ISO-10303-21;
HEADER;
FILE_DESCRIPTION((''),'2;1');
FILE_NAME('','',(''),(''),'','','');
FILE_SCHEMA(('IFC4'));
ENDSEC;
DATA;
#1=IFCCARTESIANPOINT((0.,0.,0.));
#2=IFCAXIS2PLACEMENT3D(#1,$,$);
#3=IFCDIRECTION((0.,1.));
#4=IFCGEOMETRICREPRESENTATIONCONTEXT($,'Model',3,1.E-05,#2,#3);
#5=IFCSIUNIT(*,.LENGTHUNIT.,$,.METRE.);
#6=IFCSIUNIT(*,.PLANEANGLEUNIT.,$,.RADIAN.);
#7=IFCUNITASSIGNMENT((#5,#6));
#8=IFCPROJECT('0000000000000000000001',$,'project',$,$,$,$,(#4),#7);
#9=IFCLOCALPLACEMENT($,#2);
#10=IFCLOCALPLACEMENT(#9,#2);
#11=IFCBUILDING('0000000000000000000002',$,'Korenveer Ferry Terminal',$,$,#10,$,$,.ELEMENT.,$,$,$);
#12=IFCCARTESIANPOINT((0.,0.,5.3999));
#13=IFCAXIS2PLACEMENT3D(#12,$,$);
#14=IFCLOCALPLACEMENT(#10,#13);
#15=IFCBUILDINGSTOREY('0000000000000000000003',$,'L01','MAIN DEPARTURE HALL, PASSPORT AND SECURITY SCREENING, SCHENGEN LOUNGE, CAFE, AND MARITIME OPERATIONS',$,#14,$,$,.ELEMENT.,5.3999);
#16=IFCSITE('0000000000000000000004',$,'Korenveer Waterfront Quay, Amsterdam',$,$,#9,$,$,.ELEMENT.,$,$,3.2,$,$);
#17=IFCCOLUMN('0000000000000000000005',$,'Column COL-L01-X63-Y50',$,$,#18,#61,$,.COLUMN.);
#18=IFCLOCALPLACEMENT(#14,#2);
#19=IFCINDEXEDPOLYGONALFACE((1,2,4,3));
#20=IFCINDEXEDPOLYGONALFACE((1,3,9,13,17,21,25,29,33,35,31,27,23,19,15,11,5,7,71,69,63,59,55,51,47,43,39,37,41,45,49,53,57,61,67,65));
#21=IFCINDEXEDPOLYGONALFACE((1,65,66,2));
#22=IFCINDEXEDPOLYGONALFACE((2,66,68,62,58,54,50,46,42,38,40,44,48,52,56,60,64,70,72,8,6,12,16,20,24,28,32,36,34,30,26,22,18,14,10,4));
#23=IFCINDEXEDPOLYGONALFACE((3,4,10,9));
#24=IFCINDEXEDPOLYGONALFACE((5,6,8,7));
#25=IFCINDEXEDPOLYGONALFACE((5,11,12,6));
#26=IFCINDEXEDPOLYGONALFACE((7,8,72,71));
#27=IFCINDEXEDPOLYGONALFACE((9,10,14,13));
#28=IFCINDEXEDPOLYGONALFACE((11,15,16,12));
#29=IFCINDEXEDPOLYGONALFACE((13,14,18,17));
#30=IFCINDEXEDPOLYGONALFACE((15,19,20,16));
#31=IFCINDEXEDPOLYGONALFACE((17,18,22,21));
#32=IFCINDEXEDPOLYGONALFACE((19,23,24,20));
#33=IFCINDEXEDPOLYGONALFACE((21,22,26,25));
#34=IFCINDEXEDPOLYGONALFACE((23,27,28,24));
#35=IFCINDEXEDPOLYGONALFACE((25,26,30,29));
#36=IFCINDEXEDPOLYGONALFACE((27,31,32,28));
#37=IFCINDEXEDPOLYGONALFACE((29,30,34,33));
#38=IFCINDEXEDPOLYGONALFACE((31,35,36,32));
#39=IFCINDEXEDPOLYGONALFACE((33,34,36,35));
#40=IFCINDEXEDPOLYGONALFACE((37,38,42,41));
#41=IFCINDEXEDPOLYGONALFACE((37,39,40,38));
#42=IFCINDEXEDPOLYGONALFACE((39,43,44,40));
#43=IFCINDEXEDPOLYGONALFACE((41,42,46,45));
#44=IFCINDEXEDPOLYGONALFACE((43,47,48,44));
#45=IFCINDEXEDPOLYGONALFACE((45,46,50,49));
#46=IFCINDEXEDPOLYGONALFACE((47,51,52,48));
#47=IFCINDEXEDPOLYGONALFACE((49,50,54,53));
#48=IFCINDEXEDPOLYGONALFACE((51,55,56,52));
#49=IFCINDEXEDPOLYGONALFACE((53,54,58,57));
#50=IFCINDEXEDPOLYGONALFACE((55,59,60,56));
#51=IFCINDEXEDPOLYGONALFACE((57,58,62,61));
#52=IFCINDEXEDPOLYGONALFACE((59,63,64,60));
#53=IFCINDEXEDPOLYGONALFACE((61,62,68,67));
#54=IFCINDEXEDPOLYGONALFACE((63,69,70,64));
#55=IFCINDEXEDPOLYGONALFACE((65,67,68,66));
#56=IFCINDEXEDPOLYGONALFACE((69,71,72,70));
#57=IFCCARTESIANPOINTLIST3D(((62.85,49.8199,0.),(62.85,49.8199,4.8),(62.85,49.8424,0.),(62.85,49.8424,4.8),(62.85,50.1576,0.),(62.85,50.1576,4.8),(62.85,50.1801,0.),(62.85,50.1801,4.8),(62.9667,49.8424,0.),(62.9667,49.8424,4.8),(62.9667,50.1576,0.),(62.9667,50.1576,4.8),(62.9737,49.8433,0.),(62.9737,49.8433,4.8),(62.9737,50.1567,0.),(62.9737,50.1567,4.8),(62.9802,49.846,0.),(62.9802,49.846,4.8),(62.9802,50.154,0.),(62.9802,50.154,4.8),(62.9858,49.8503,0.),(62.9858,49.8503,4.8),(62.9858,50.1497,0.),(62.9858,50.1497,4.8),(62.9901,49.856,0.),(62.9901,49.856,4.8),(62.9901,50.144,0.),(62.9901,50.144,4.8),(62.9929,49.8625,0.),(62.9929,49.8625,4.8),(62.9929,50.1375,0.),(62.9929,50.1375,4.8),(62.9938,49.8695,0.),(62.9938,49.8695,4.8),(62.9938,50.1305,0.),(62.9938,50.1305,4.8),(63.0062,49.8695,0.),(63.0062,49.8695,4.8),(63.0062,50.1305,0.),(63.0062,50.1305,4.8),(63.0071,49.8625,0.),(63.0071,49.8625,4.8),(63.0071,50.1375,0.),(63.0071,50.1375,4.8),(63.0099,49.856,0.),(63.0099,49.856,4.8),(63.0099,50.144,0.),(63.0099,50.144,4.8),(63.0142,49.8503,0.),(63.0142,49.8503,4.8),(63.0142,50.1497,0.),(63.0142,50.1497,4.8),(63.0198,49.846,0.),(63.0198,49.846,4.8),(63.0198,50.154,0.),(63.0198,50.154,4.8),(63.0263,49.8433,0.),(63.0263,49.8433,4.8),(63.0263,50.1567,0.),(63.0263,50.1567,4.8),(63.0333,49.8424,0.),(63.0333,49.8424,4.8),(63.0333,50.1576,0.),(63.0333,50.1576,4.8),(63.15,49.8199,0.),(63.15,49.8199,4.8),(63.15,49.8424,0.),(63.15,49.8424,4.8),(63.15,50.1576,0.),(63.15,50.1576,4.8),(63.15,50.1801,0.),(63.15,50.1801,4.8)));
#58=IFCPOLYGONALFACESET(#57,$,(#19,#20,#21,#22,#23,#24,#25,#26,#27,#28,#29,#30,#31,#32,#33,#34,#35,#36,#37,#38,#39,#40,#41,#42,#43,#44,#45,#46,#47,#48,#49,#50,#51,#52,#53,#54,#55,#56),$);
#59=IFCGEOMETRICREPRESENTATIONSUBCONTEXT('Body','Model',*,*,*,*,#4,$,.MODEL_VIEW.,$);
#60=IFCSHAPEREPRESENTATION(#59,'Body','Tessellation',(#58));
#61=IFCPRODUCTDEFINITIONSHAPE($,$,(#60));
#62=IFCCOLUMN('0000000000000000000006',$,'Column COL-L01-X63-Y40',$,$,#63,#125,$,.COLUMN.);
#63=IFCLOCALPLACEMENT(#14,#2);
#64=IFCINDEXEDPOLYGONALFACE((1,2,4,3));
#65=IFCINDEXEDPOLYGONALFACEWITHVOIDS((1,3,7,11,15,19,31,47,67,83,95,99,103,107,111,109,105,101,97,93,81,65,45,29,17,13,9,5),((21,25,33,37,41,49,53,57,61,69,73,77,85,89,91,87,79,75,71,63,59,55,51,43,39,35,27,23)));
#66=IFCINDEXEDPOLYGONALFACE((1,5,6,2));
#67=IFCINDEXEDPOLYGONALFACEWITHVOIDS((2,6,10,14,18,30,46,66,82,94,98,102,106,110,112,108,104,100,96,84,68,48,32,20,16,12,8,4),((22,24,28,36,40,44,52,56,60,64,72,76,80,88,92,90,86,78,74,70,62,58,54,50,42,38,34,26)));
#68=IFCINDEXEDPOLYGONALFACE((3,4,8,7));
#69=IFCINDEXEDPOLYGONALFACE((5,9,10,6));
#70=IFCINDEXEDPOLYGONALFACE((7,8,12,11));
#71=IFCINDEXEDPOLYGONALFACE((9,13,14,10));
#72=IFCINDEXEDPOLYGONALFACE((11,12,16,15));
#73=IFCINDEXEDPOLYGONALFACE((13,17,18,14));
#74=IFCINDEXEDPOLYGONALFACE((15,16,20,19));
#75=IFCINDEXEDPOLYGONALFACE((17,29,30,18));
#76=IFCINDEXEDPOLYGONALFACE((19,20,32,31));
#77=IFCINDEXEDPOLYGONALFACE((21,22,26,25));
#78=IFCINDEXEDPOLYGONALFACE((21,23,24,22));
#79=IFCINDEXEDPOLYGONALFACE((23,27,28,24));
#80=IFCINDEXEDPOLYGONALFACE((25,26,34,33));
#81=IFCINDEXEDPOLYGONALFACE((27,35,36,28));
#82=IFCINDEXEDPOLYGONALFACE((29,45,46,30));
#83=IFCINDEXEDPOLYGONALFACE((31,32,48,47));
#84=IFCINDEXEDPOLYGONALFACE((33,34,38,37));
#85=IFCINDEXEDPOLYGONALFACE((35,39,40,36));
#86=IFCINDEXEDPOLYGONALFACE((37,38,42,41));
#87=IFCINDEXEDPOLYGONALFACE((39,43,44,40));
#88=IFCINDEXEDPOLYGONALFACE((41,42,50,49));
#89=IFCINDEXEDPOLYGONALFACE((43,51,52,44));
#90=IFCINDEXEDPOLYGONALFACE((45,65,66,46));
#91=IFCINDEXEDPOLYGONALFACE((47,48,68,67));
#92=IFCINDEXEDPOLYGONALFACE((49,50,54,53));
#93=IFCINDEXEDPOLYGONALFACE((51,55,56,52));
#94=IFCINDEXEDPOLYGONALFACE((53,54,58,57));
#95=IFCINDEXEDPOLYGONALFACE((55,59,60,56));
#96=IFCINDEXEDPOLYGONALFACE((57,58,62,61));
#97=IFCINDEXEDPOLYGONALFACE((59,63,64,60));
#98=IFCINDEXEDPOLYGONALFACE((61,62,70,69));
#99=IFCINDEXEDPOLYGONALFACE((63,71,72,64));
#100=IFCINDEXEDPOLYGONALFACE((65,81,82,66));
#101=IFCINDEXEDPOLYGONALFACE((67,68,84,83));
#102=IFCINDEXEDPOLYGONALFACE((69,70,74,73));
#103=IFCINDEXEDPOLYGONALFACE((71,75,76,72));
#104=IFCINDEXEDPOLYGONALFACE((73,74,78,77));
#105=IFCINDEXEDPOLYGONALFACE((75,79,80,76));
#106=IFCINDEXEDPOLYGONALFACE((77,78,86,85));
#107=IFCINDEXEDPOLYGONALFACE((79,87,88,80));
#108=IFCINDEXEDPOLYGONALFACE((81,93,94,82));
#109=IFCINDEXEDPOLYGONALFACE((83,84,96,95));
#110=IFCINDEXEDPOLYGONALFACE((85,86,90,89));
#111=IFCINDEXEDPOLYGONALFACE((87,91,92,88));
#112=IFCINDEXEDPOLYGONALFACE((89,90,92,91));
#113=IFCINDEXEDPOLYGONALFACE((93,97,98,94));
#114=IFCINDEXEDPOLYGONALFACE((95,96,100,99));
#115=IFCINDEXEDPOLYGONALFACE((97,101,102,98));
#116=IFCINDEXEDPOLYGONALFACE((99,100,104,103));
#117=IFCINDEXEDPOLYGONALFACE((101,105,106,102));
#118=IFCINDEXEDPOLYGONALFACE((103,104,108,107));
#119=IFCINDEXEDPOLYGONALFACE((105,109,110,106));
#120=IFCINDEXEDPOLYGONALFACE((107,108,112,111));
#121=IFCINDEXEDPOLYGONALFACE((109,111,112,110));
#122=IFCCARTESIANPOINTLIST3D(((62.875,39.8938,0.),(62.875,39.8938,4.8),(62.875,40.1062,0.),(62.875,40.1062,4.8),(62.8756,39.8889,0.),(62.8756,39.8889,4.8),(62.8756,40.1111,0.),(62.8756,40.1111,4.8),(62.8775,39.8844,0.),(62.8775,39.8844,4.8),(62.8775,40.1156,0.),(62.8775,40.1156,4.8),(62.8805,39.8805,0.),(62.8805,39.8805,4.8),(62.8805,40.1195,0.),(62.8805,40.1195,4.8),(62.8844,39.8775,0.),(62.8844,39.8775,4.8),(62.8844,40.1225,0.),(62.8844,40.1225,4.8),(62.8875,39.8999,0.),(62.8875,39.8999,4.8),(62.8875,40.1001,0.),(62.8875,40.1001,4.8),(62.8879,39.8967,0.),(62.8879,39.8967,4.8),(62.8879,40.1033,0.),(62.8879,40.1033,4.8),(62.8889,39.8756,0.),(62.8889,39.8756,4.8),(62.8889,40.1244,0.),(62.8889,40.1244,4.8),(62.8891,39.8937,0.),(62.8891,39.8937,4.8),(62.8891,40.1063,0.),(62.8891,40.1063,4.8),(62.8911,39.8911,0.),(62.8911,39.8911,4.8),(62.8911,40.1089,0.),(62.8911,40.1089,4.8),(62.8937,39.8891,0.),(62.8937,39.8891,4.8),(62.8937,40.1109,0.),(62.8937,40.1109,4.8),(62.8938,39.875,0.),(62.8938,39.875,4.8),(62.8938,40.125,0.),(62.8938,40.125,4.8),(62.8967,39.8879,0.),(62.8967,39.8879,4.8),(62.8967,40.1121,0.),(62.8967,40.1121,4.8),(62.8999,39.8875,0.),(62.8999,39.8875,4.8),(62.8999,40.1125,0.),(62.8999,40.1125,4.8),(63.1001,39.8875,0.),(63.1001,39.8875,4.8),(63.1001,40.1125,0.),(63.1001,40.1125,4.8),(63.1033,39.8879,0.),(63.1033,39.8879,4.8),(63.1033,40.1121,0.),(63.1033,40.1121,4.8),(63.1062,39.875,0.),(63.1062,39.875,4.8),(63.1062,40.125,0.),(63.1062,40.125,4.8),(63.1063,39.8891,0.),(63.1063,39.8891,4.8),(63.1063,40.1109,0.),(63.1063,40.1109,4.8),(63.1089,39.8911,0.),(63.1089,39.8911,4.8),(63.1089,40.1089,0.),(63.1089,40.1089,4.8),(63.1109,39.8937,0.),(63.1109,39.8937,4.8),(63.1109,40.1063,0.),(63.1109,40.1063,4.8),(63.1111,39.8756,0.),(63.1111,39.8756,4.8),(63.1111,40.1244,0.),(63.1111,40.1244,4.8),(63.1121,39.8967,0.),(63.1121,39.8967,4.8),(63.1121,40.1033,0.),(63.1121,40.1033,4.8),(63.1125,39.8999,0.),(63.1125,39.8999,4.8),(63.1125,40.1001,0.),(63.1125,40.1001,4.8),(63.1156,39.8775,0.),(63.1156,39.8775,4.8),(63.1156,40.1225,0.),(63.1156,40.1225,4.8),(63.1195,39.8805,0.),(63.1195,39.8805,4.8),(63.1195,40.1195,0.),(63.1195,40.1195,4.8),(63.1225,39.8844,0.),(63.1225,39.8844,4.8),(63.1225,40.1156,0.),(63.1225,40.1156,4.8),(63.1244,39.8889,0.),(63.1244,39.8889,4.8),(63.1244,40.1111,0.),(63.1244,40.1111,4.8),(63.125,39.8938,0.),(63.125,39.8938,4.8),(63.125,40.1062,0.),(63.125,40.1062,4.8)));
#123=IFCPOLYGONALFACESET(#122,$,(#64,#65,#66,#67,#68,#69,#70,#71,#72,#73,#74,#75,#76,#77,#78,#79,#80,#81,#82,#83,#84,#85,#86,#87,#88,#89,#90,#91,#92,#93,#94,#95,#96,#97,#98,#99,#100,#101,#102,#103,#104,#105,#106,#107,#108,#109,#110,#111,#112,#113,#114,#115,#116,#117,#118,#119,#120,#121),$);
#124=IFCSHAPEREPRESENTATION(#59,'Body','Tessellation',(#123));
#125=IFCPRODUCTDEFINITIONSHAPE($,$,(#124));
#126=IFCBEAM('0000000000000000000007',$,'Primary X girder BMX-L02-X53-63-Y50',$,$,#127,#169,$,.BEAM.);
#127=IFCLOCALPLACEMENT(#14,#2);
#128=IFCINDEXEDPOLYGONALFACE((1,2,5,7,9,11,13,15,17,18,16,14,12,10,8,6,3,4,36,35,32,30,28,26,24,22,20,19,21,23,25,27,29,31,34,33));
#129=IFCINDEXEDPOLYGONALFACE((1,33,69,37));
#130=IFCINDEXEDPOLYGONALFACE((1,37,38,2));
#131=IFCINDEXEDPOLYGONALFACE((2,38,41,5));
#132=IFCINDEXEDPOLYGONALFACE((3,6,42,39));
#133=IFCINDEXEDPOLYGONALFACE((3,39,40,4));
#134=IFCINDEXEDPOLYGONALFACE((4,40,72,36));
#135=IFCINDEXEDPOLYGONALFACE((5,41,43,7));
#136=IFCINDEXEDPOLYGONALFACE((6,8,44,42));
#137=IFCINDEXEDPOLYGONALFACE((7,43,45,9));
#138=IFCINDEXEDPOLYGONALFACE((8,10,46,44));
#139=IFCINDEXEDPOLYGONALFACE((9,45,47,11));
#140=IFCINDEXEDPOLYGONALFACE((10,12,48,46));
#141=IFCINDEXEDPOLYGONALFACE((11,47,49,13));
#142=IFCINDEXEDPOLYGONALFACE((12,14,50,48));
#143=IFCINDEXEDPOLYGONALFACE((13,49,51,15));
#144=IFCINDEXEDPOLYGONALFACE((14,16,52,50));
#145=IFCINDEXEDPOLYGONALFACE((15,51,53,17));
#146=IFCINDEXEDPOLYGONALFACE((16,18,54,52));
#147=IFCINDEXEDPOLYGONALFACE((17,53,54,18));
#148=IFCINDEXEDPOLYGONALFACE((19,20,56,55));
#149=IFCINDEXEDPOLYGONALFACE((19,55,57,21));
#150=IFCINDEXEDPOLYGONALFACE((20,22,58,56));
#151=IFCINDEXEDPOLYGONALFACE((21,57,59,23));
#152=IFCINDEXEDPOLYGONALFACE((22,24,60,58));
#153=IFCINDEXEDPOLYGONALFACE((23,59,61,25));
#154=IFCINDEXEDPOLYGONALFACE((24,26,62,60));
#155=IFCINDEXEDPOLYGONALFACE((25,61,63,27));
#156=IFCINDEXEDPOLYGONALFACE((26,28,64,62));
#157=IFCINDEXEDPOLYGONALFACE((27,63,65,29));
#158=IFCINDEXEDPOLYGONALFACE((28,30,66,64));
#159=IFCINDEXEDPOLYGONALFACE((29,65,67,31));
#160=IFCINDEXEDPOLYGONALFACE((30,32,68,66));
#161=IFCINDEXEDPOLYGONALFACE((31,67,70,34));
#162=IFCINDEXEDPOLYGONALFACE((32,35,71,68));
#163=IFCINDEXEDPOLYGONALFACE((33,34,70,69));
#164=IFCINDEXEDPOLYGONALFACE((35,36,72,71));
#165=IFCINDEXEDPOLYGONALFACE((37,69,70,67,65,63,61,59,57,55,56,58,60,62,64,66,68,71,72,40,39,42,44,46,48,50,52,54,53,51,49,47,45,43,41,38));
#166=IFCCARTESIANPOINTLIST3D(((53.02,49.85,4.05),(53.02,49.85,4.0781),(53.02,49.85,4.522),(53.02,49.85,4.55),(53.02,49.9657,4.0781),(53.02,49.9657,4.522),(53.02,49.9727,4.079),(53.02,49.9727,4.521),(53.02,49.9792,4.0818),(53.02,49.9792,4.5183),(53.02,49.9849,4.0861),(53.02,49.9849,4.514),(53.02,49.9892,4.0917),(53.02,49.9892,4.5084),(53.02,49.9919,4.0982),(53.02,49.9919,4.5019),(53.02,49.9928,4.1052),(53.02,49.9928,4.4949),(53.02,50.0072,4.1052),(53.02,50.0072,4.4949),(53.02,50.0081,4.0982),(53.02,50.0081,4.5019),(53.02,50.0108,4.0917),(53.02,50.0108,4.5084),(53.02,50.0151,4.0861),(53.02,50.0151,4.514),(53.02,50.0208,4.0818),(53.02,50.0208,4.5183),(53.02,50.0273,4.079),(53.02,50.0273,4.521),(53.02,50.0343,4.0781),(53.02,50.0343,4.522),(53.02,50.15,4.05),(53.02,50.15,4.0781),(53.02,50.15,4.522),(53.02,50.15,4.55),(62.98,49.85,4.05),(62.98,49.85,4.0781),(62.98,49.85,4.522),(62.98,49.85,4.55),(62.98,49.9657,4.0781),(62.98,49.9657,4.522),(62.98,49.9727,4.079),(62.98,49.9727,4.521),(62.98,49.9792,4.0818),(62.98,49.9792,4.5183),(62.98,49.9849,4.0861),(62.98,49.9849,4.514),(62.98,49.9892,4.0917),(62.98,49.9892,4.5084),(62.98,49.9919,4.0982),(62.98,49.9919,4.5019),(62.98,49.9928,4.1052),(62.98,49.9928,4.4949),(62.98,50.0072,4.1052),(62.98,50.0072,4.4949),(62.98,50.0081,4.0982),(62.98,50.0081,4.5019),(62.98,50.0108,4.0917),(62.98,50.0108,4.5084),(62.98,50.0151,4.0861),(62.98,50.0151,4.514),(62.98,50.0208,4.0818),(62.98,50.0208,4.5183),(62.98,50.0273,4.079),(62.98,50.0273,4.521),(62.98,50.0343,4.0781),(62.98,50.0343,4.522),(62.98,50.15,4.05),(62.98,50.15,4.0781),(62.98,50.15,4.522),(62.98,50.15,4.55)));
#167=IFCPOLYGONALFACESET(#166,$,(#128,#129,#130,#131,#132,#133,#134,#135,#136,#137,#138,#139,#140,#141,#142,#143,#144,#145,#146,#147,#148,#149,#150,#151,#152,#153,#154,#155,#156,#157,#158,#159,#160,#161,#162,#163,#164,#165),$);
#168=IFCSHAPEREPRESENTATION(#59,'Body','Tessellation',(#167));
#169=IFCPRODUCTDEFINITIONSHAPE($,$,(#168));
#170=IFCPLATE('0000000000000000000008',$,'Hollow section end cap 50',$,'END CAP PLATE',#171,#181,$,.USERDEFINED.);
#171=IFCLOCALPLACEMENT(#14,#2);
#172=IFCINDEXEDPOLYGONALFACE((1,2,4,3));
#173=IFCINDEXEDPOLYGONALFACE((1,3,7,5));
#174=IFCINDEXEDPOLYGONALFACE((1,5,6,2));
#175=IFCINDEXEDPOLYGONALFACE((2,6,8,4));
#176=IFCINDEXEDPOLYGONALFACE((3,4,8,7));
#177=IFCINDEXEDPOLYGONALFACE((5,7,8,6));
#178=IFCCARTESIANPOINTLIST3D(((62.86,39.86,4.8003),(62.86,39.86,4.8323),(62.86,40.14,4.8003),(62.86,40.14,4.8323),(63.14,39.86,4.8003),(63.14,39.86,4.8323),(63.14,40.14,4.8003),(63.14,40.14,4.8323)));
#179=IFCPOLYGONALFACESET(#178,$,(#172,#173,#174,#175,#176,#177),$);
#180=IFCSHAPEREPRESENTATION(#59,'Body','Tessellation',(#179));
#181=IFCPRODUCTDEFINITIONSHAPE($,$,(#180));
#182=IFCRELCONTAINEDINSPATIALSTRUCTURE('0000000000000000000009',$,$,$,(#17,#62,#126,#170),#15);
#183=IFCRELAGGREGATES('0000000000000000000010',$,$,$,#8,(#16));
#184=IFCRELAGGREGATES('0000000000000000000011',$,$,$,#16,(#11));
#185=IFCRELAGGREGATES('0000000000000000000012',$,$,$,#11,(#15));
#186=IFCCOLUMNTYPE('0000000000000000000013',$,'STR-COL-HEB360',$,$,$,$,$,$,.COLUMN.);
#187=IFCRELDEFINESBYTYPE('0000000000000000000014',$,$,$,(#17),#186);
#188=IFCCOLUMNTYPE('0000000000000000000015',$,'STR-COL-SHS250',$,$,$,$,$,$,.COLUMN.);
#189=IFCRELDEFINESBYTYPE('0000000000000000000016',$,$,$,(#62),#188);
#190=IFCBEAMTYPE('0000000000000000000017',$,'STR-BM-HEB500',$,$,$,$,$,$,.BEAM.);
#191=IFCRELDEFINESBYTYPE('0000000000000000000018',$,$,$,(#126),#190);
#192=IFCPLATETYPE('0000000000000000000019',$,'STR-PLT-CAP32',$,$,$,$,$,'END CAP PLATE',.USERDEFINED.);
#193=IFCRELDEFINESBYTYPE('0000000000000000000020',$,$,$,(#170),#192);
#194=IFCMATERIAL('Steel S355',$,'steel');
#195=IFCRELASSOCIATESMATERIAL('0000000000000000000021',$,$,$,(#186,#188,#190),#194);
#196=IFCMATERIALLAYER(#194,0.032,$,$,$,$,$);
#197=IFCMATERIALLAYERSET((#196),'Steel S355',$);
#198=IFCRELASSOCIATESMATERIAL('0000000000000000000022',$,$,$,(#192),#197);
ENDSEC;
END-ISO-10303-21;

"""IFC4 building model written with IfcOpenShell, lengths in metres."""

from ifc_helpers import new_model, si_unit, direction, frame, origin, origin_2d, place, context, subcontext, project, spatial, rectangle, hollow_rectangle, i_section, extrude, material, layer, layer_set, material_profile, profile_set, type_object, element, save


model = new_model("IFC4")

# Units and contexts
model_context = context("Model", 3, precision=1e-05, world=origin(), true_north=direction((0.0, 1.0)))
body_context = subcontext(model_context, "Body", "Model", "MODEL_VIEW")
ifc_project = project(units=[si_unit("LENGTHUNIT", "METRE"), si_unit("PLANEANGLEUNIT", "RADIAN")], contexts=[model_context])

# Site, building, storey
site_placement = place(None, origin())
site = spatial("IfcSite", under=ifc_project, at=site_placement, Name="Korenveer Waterfront Quay, Amsterdam", CompositionType="ELEMENT", RefElevation=3.2)
building_placement = place(site_placement, origin())
building = spatial("IfcBuilding", under=site, at=building_placement, Name="Korenveer Ferry Terminal", CompositionType="ELEMENT")
storey_placement = place(building_placement, frame((0.0, 0.0, 5.3999)))
storey = spatial("IfcBuildingStorey", under=building, at=storey_placement, Name="L01", Description="MAIN DEPARTURE HALL, PASSPORT AND SECURITY SCREENING, SCHENGEN LOUNGE, CAFE, AND MARITIME OPERATIONS", CompositionType="ELEMENT", Elevation=5.3999)

# Columns
ifc_material_1 = material(Name="Steel S355", Category="steel")
ifc_material_profile_1 = material_profile(ifc_material_1, i_section(OverallWidth=0.3, OverallDepth=0.3601, WebThickness=0.0125, FlangeThickness=0.0225, FilletRadius=0.0271, at=origin_2d()), Name="HEB 360")
ifc_profile_set_1 = profile_set([ifc_material_profile_1], Name="Steel S355")
column_type_1 = type_object("IfcColumnType", Name="STR-COL-HEB360", PredefinedType="COLUMN", material=ifc_profile_set_1)
column_1_placement = place(storey_placement, frame((63.0, 50.0, 0.0), z_axis=(0.0, 0.0, 1.0), x_axis=(1.0, 0.0, 0.0)))
element("IfcColumn", 1, at=column_1_placement, inside=storey, type_object=column_type_1, Name="Column COL-L01-X63-Y50", PredefinedType="COLUMN", context=body_context, shape_type="SweptSolid", body=[
    extrude(i_section(OverallWidth=0.3, OverallDepth=0.3601, WebThickness=0.0125, FlangeThickness=0.0225, FilletRadius=0.0271, at=origin_2d()), origin(), (0.0, 0.0, 1.0), 4.8),
])
ifc_material_profile_2 = material_profile(ifc_material_1, hollow_rectangle(XDim=0.25, YDim=0.25, WallThickness=0.0125, InnerFilletRadius=0.0125, OuterFilletRadius=0.0188, at=origin_2d()), Name="SHS 250x250x12.5")
ifc_profile_set_2 = profile_set([ifc_material_profile_2], Name="Steel S355")
column_type_2 = type_object("IfcColumnType", Name="STR-COL-SHS250", PredefinedType="COLUMN", material=ifc_profile_set_2)
column_2_placement = place(storey_placement, frame((63.0, 40.0, 0.0), z_axis=(0.0, 0.0, 1.0), x_axis=(1.0, 0.0, 0.0)))
element("IfcColumn", 2, at=column_2_placement, inside=storey, type_object=column_type_2, Name="Column COL-L01-X63-Y40", PredefinedType="COLUMN", context=body_context, shape_type="SweptSolid", body=[
    extrude(hollow_rectangle(XDim=0.25, YDim=0.25, WallThickness=0.0125, InnerFilletRadius=0.0125, OuterFilletRadius=0.0188, at=origin_2d()), origin(), (0.0, 0.0, 1.0), 4.8),
])

# Beam
ifc_material_profile_3 = material_profile(ifc_material_1, i_section(OverallWidth=0.3, OverallDepth=0.5, WebThickness=0.0144, FlangeThickness=0.0281, FilletRadius=0.0271, at=origin_2d()), Name="HEB 500")
ifc_profile_set_3 = profile_set([ifc_material_profile_3], Name="Steel S355")
beam_type = type_object("IfcBeamType", Name="STR-BM-HEB500", PredefinedType="BEAM", material=ifc_profile_set_3)
beam_placement = place(storey_placement, frame((53.02, 50.0, 4.3), z_axis=(1.0, 0.0, 0.0), x_axis=(0.0, 1.0, 0.0)))
element("IfcBeam", 3, at=beam_placement, inside=storey, type_object=beam_type, Name="Primary X girder BMX-L02-X53-63-Y50", PredefinedType="BEAM", context=body_context, shape_type="SweptSolid", body=[
    extrude(i_section(OverallWidth=0.3, OverallDepth=0.5, WebThickness=0.0144, FlangeThickness=0.0281, FilletRadius=0.0271, at=origin_2d()), origin(), (0.0, 0.0, 1.0), 9.96),
])

# Plate
ifc_layer_1 = layer(ifc_material_1, 0.032)
ifc_layer_set_1 = layer_set([ifc_layer_1], Name="Steel S355")
plate_type = type_object("IfcPlateType", Name="STR-PLT-CAP32", ElementType="END CAP PLATE", PredefinedType="USERDEFINED", material=ifc_layer_set_1)
plate_placement = place(storey_placement, frame((63.0, 40.0, 4.8003), z_axis=(0.0, 0.0, 1.0), x_axis=(1.0, 0.0, 0.0)))
element("IfcPlate", 4, at=plate_placement, inside=storey, type_object=plate_type, Name="Hollow section end cap 50", ObjectType="END CAP PLATE", PredefinedType="USERDEFINED", context=body_context, shape_type="SweptSolid", body=[
    extrude(rectangle(XDim=0.28, YDim=0.28, at=origin_2d()), origin(), (0.0, 0.0, 1.0), 0.032),
])

save(model, "model.ifc")
